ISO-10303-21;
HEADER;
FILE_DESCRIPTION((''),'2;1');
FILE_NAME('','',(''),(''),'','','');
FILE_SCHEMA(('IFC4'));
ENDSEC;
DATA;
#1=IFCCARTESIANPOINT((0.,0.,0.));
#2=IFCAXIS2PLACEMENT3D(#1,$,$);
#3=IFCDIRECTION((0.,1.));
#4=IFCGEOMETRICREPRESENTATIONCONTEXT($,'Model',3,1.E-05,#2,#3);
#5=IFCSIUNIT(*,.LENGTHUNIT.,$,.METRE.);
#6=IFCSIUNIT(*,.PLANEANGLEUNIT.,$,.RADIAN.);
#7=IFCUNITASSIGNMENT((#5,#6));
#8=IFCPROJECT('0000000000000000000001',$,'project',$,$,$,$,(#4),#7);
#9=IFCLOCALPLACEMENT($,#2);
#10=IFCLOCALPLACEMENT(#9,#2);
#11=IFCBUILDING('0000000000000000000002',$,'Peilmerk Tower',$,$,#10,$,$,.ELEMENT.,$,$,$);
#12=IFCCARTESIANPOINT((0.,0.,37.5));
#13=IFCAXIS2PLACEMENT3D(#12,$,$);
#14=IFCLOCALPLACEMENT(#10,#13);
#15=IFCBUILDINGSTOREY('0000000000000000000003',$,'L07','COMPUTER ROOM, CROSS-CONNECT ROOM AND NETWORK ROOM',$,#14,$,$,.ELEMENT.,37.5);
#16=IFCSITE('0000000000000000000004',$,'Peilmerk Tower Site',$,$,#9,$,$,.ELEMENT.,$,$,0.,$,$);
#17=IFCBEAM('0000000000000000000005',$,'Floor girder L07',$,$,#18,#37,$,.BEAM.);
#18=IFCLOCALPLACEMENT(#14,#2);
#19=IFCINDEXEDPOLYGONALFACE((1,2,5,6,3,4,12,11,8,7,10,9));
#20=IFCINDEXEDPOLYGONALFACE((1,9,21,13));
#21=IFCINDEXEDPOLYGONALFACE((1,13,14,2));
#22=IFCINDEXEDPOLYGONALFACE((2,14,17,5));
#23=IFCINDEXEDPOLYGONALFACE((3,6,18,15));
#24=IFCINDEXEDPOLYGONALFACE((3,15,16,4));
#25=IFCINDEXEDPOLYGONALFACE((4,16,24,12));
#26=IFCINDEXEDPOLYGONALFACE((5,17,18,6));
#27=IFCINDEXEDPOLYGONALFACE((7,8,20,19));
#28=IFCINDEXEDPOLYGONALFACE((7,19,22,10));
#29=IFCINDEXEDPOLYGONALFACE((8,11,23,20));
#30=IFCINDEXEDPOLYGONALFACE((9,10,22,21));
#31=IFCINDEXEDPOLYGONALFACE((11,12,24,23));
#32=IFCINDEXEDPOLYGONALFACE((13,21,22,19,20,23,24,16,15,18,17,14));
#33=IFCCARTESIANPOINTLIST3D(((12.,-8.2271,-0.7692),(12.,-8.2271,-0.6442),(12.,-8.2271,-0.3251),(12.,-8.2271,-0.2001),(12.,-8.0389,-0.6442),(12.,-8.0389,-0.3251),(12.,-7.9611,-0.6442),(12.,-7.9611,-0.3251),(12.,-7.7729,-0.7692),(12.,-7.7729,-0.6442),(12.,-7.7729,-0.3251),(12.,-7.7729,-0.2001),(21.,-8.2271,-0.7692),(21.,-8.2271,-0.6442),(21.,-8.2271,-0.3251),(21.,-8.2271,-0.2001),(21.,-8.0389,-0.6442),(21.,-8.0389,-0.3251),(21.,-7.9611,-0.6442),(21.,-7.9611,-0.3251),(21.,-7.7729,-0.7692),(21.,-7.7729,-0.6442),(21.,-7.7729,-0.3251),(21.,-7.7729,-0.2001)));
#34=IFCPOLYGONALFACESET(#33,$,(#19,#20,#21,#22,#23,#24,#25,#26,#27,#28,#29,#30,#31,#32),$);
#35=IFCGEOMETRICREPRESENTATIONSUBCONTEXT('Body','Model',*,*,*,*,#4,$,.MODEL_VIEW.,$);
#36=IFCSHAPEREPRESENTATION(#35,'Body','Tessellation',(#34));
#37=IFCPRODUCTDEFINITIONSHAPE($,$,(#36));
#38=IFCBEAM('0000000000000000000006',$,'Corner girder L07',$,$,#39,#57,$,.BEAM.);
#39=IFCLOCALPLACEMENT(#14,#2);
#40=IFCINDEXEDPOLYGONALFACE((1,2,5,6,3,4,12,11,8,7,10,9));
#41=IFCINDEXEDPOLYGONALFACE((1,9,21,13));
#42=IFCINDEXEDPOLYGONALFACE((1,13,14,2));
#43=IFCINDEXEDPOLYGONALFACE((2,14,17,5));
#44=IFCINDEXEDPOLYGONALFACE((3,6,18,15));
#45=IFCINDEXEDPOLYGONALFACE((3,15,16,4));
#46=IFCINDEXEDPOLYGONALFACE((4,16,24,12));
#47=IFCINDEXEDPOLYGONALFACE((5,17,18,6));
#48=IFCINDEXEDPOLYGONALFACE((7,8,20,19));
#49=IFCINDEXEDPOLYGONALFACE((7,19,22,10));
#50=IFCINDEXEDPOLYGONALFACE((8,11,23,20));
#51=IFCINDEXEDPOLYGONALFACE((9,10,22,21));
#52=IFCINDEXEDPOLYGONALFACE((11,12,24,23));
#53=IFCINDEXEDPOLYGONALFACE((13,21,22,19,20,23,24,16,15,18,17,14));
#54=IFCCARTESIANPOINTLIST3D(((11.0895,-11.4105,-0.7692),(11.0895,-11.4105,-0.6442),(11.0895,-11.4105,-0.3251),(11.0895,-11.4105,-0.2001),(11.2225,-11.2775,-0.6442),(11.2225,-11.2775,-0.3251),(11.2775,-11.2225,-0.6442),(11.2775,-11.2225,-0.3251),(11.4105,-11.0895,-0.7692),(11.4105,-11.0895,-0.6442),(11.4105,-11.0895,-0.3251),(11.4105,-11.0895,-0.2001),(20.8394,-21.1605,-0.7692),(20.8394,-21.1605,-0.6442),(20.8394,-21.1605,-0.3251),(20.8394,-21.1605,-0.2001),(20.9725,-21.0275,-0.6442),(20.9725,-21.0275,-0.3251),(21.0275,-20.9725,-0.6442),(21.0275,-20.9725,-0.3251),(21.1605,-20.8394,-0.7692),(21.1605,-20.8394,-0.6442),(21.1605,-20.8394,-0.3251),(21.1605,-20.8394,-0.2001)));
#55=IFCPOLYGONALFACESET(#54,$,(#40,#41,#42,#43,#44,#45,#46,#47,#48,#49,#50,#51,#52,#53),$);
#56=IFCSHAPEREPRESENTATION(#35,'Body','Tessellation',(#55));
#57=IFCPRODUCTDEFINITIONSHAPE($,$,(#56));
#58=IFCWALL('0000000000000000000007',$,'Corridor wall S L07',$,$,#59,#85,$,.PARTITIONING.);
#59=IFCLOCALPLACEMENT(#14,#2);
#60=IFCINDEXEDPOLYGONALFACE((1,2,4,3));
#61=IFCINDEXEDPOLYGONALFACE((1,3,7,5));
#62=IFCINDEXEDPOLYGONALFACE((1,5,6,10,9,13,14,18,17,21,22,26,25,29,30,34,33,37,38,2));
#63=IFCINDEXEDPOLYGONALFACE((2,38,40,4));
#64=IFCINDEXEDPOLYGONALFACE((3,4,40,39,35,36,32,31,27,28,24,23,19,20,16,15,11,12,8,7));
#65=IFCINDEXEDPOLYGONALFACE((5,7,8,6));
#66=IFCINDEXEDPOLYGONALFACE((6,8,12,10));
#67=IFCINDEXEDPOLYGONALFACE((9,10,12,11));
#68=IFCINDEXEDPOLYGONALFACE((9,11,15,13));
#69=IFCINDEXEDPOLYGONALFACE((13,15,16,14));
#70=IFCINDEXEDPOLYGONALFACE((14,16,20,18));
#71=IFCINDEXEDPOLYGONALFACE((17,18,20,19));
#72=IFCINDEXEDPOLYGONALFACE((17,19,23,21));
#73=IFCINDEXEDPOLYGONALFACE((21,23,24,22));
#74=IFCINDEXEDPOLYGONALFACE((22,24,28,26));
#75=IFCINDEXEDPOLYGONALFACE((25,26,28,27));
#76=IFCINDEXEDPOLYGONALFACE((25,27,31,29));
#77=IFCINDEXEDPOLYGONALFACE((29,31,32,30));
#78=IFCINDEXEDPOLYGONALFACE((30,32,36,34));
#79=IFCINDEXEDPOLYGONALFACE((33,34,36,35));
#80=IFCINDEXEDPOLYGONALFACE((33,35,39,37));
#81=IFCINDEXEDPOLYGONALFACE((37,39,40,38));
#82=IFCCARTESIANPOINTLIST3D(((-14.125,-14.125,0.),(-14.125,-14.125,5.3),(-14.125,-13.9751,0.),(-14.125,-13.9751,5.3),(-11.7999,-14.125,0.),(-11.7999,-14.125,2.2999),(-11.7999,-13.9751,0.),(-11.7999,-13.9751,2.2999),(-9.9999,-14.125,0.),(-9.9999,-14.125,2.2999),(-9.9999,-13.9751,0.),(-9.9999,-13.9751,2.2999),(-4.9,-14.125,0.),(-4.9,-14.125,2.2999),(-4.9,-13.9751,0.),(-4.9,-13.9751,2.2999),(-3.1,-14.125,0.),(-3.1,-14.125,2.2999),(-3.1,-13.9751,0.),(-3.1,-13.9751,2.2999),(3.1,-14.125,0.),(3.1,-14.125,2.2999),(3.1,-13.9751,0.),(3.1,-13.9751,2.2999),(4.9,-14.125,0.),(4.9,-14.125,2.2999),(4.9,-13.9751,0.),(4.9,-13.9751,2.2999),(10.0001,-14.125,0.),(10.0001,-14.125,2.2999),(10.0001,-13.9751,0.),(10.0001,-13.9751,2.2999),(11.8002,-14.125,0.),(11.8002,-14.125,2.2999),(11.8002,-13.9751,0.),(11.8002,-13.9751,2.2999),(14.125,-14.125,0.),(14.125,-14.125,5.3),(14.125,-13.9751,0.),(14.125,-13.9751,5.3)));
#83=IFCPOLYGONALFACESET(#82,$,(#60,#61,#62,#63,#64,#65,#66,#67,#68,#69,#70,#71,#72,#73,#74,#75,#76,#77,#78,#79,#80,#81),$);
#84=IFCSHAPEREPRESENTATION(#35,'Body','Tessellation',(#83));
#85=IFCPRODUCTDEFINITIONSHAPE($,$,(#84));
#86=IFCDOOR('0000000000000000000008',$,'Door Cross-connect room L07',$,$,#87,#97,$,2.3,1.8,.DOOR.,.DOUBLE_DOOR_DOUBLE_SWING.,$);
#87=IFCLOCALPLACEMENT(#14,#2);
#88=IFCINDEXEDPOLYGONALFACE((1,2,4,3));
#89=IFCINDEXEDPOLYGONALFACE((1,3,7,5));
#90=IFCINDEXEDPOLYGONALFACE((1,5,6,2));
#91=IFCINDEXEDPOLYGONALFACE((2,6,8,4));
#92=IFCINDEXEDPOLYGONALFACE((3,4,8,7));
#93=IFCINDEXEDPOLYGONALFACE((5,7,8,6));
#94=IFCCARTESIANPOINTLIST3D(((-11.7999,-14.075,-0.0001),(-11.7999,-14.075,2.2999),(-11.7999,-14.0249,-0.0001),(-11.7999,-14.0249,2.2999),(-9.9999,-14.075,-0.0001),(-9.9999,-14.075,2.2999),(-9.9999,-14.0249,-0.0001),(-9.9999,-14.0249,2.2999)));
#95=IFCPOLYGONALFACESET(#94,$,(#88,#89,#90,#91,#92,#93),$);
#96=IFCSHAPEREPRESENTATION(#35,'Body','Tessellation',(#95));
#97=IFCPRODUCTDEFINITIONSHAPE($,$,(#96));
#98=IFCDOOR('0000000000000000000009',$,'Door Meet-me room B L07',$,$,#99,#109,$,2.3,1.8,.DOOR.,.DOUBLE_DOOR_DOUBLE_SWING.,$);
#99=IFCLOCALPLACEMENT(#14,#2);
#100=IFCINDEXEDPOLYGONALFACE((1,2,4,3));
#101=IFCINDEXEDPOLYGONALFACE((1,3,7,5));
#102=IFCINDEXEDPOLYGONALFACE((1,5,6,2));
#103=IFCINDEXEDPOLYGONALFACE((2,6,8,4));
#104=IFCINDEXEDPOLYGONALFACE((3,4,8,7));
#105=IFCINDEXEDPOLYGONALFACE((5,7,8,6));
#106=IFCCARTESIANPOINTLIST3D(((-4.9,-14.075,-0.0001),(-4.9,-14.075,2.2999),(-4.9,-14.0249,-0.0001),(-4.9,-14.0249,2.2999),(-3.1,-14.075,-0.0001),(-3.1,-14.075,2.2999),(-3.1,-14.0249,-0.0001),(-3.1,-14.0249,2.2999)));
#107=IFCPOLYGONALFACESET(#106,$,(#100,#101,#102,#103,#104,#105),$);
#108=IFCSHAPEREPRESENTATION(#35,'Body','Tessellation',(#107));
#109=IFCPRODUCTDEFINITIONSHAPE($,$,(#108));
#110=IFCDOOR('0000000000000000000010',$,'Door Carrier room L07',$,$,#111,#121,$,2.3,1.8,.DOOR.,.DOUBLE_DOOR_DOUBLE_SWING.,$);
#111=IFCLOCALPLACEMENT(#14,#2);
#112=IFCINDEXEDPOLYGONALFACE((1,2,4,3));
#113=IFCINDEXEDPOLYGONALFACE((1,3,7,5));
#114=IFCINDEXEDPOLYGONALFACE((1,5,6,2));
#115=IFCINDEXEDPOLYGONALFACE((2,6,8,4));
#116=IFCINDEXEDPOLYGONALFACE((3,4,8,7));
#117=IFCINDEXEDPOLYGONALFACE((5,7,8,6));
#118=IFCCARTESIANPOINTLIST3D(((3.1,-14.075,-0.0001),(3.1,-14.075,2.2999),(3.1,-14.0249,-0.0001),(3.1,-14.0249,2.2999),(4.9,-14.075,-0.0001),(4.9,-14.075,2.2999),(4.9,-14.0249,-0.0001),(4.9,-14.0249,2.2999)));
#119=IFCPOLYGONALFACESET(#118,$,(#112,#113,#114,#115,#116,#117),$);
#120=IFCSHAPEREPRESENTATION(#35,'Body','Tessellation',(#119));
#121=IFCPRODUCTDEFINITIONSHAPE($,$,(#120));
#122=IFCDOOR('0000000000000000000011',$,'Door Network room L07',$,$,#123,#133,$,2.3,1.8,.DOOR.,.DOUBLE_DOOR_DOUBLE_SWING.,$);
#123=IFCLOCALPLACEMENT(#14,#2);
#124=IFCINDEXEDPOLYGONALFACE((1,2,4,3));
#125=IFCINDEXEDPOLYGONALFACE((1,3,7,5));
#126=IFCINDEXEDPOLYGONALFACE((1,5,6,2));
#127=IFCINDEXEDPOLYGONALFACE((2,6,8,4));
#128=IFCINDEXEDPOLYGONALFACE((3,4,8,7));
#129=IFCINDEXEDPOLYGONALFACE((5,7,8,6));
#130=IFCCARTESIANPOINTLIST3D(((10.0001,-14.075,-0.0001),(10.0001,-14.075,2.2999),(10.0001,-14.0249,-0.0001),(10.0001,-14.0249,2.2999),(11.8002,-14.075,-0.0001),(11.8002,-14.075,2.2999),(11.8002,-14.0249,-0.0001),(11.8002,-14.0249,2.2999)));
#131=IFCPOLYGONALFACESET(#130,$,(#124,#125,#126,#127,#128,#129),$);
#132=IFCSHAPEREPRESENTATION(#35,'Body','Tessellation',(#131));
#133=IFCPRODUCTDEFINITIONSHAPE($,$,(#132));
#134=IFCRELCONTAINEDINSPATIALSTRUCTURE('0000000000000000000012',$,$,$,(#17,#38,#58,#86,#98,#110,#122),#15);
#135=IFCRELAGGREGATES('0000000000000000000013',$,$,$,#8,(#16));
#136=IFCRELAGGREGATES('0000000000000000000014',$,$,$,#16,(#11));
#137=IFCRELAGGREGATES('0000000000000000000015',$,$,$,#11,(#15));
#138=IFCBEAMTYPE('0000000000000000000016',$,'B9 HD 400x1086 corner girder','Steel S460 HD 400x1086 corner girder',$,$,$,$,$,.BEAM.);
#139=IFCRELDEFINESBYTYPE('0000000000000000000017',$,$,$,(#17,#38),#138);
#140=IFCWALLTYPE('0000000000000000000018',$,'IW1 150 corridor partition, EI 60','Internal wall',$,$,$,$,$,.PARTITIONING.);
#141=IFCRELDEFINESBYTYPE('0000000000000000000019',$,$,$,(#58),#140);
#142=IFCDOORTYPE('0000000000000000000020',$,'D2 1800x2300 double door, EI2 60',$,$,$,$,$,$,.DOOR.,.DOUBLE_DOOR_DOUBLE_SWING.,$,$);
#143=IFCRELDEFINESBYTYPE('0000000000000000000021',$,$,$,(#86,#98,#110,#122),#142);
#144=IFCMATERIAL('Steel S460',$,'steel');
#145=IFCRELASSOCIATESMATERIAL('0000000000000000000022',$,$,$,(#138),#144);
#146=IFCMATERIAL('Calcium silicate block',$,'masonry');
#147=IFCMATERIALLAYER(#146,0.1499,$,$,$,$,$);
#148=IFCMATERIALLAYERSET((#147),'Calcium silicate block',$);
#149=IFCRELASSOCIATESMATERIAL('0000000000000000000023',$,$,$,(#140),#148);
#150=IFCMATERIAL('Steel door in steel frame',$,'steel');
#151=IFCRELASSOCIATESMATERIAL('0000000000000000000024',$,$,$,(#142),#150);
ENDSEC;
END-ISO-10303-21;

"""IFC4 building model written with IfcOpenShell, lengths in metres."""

from ifc_helpers import new_model, si_unit, direction, frame, frame_2d, origin, origin_2d, place, context, subcontext, project, spatial, rectangle, i_section, extrude, material, layer, layer_set, material_profile, profile_set, type_object, element, fill, save


model = new_model("IFC4")

# Units and contexts
model_context = context("Model", 3, precision=1e-05, world=origin(), true_north=direction((0.0, 1.0)))
body_context = subcontext(model_context, "Body", "Model", "MODEL_VIEW")
ifc_project = project(units=[si_unit("LENGTHUNIT", "METRE"), si_unit("PLANEANGLEUNIT", "RADIAN")], contexts=[model_context])

# Site, building, storey
site_placement = place(None, origin())
site = spatial("IfcSite", under=ifc_project, at=site_placement, Name="Peilmerk Tower Site", CompositionType="ELEMENT", RefElevation=0.0)
building_placement = place(site_placement, origin())
building = spatial("IfcBuilding", under=site, at=building_placement, Name="Peilmerk Tower", CompositionType="ELEMENT")
storey_placement = place(building_placement, frame((0.0, 0.0, 37.5)))
storey = spatial("IfcBuildingStorey", under=building, at=storey_placement, Name="L07", Description="COMPUTER ROOM, CROSS-CONNECT ROOM AND NETWORK ROOM", CompositionType="ELEMENT", Elevation=37.5)

# Beams
ifc_material_1 = material(Name="Steel S460", Category="steel")
ifc_material_profile_1 = material_profile(ifc_material_1, i_section(OverallWidth=0.4541, OverallDepth=0.5691, WebThickness=0.0779, FlangeThickness=0.125, at=origin_2d()), Name="HD 400x1086")
ifc_profile_set_1 = profile_set([ifc_material_profile_1], Name="Steel S460")
beam_type_1 = type_object("IfcBeamType", Name="B9 HD 400x1086 corner girder", Description="Steel S460 HD 400x1086 corner girder", PredefinedType="BEAM", material=ifc_profile_set_1)
beam_1_placement = place(storey_placement, frame((12.0, -8.0, -0.4846), z_axis=(1.0, 0.0, 0.0), x_axis=(0.0, 1.0, 0.0)))
element("IfcBeam", 1, at=beam_1_placement, inside=storey, type_object=beam_type_1, Name="Floor girder L07", PredefinedType="BEAM", context=body_context, shape_type="SweptSolid", body=[
    extrude(i_section(OverallWidth=0.4541, OverallDepth=0.5691, WebThickness=0.0779, FlangeThickness=0.125, at=origin_2d()), origin(), (0.0, 0.0, 1.0), 9.0),
])
beam_2_placement = place(storey_placement, frame((11.25, -11.25, -0.4846), z_axis=(0.707107, -0.707107, 0.0), x_axis=(0.707107, 0.707107, 0.0)))
element("IfcBeam", 2, at=beam_2_placement, inside=storey, type_object=beam_type_1, Name="Corner girder L07", PredefinedType="BEAM", context=body_context, shape_type="SweptSolid", body=[
    extrude(i_section(OverallWidth=0.4541, OverallDepth=0.5691, WebThickness=0.0779, FlangeThickness=0.125, at=origin_2d()), origin(), (0.0, 0.0, 1.0), 13.7886),
])

# Wall, openings, doors
ifc_material_2 = material(Name="Calcium silicate block", Category="masonry")
ifc_layer_1 = layer(ifc_material_2, 0.1499)
ifc_layer_set_1 = layer_set([ifc_layer_1], Name="Calcium silicate block")
wall_type_1 = type_object("IfcWallType", Name="IW1 150 corridor partition, EI 60", Description="Internal wall", PredefinedType="PARTITIONING", material=ifc_layer_set_1)
wall_1_placement = place(storey_placement, frame((14.125, -14.05, 0.0), z_axis=(0.0, 0.0, 1.0), x_axis=(-1.0, 0.0, 0.0)))
wall_1 = element("IfcWall", 3, at=wall_1_placement, inside=storey, type_object=wall_type_1, Name="Corridor wall S L07", PredefinedType="PARTITIONING", context=body_context, shape_type="SweptSolid", body=[
    extrude(rectangle(XDim=28.25, YDim=0.1499, at=frame_2d((14.125, 0.0))), origin(), (0.0, 0.0, 1.0), 5.3),
])
opening_1_placement = place(wall_1_placement, frame((24.125, 0.0, 0.0)))
opening_1 = element("IfcOpeningElement", 4, at=opening_1_placement, cuts=wall_1, PredefinedType="OPENING", context=body_context, shape_type="SweptSolid", body=[
    extrude(rectangle(XDim=1.8, YDim=2.3, at=frame_2d((0.8999, 1.1499))), frame((0.0, 0.085, 0.0), z_axis=(0.0, -1.0, 0.0), x_axis=(1.0, 0.0, 0.0)), (0.0, 0.0, 1.0), 0.1699),
])
opening_2_placement = place(wall_1_placement, frame((17.2251, 0.0, 0.0)))
opening_2 = element("IfcOpeningElement", 5, at=opening_2_placement, cuts=wall_1, PredefinedType="OPENING", context=body_context, shape_type="SweptSolid", body=[
    extrude(rectangle(XDim=1.8, YDim=2.3, at=frame_2d((0.8999, 1.1499))), frame((0.0, 0.085, 0.0), z_axis=(0.0, -1.0, 0.0), x_axis=(1.0, 0.0, 0.0)), (0.0, 0.0, 1.0), 0.1699),
])
opening_3_placement = place(wall_1_placement, frame((9.2251, 0.0, 0.0)))
opening_3 = element("IfcOpeningElement", 6, at=opening_3_placement, cuts=wall_1, PredefinedType="OPENING", context=body_context, shape_type="SweptSolid", body=[
    extrude(rectangle(XDim=1.8, YDim=2.3, at=frame_2d((0.8999, 1.1499))), frame((0.0, 0.085, 0.0), z_axis=(0.0, -1.0, 0.0), x_axis=(1.0, 0.0, 0.0)), (0.0, 0.0, 1.0), 0.1699),
])
opening_4_placement = place(wall_1_placement, frame((2.325, 0.0, 0.0)))
opening_4 = element("IfcOpeningElement", 7, at=opening_4_placement, cuts=wall_1, PredefinedType="OPENING", context=body_context, shape_type="SweptSolid", body=[
    extrude(rectangle(XDim=1.8, YDim=2.3, at=frame_2d((0.8999, 1.1499))), frame((0.0, 0.085, 0.0), z_axis=(0.0, -1.0, 0.0), x_axis=(1.0, 0.0, 0.0)), (0.0, 0.0, 1.0), 0.1699),
])
ifc_material_3 = material(Name="Steel door in steel frame", Category="steel")
door_type = type_object("IfcDoorType", Name="D2 1800x2300 double door, EI2 60", OperationType="DOUBLE_DOOR_DOUBLE_SWING", PredefinedType="DOOR", material=ifc_material_3)
door_1_placement = place(opening_1_placement, origin())
door_1 = element("IfcDoor", 8, at=door_1_placement, inside=storey, type_object=door_type, Name="Door Cross-connect room L07", OperationType="DOUBLE_DOOR_DOUBLE_SWING", OverallHeight=2.3, OverallWidth=1.8, PredefinedType="DOOR", context=body_context, shape_type="SweptSolid", body=[
    extrude(rectangle(XDim=1.8, YDim=2.3, at=frame_2d((0.8999, 1.1499))), frame((0.0, 0.0249, 0.0), z_axis=(0.0, -1.0, 0.0), x_axis=(1.0, 0.0, 0.0)), (0.0, 0.0, 1.0), 0.05),
])
fill(opening_1, door_1)
door_2_placement = place(opening_2_placement, origin())
door_2 = element("IfcDoor", 9, at=door_2_placement, inside=storey, type_object=door_type, Name="Door Meet-me room B L07", OperationType="DOUBLE_DOOR_DOUBLE_SWING", OverallHeight=2.3, OverallWidth=1.8, PredefinedType="DOOR", context=body_context, shape_type="SweptSolid", body=[
    extrude(rectangle(XDim=1.8, YDim=2.3, at=frame_2d((0.8999, 1.1499))), frame((0.0, 0.0249, 0.0), z_axis=(0.0, -1.0, 0.0), x_axis=(1.0, 0.0, 0.0)), (0.0, 0.0, 1.0), 0.05),
])
fill(opening_2, door_2)
door_3_placement = place(opening_3_placement, origin())
door_3 = element("IfcDoor", 10, at=door_3_placement, inside=storey, type_object=door_type, Name="Door Carrier room L07", OperationType="DOUBLE_DOOR_DOUBLE_SWING", OverallHeight=2.3, OverallWidth=1.8, PredefinedType="DOOR", context=body_context, shape_type="SweptSolid", body=[
    extrude(rectangle(XDim=1.8, YDim=2.3, at=frame_2d((0.8999, 1.1499))), frame((0.0, 0.0249, 0.0), z_axis=(0.0, -1.0, 0.0), x_axis=(1.0, 0.0, 0.0)), (0.0, 0.0, 1.0), 0.05),
])
fill(opening_3, door_3)
door_4_placement = place(opening_4_placement, origin())
door_4 = element("IfcDoor", 11, at=door_4_placement, inside=storey, type_object=door_type, Name="Door Network room L07", OperationType="DOUBLE_DOOR_DOUBLE_SWING", OverallHeight=2.3, OverallWidth=1.8, PredefinedType="DOOR", context=body_context, shape_type="SweptSolid", body=[
    extrude(rectangle(XDim=1.8, YDim=2.3, at=frame_2d((0.8999, 1.1499))), frame((0.0, 0.0249, 0.0), z_axis=(0.0, -1.0, 0.0), x_axis=(1.0, 0.0, 0.0)), (0.0, 0.0, 1.0), 0.05),
])
fill(opening_4, door_4)

save(model, "model.ifc")
